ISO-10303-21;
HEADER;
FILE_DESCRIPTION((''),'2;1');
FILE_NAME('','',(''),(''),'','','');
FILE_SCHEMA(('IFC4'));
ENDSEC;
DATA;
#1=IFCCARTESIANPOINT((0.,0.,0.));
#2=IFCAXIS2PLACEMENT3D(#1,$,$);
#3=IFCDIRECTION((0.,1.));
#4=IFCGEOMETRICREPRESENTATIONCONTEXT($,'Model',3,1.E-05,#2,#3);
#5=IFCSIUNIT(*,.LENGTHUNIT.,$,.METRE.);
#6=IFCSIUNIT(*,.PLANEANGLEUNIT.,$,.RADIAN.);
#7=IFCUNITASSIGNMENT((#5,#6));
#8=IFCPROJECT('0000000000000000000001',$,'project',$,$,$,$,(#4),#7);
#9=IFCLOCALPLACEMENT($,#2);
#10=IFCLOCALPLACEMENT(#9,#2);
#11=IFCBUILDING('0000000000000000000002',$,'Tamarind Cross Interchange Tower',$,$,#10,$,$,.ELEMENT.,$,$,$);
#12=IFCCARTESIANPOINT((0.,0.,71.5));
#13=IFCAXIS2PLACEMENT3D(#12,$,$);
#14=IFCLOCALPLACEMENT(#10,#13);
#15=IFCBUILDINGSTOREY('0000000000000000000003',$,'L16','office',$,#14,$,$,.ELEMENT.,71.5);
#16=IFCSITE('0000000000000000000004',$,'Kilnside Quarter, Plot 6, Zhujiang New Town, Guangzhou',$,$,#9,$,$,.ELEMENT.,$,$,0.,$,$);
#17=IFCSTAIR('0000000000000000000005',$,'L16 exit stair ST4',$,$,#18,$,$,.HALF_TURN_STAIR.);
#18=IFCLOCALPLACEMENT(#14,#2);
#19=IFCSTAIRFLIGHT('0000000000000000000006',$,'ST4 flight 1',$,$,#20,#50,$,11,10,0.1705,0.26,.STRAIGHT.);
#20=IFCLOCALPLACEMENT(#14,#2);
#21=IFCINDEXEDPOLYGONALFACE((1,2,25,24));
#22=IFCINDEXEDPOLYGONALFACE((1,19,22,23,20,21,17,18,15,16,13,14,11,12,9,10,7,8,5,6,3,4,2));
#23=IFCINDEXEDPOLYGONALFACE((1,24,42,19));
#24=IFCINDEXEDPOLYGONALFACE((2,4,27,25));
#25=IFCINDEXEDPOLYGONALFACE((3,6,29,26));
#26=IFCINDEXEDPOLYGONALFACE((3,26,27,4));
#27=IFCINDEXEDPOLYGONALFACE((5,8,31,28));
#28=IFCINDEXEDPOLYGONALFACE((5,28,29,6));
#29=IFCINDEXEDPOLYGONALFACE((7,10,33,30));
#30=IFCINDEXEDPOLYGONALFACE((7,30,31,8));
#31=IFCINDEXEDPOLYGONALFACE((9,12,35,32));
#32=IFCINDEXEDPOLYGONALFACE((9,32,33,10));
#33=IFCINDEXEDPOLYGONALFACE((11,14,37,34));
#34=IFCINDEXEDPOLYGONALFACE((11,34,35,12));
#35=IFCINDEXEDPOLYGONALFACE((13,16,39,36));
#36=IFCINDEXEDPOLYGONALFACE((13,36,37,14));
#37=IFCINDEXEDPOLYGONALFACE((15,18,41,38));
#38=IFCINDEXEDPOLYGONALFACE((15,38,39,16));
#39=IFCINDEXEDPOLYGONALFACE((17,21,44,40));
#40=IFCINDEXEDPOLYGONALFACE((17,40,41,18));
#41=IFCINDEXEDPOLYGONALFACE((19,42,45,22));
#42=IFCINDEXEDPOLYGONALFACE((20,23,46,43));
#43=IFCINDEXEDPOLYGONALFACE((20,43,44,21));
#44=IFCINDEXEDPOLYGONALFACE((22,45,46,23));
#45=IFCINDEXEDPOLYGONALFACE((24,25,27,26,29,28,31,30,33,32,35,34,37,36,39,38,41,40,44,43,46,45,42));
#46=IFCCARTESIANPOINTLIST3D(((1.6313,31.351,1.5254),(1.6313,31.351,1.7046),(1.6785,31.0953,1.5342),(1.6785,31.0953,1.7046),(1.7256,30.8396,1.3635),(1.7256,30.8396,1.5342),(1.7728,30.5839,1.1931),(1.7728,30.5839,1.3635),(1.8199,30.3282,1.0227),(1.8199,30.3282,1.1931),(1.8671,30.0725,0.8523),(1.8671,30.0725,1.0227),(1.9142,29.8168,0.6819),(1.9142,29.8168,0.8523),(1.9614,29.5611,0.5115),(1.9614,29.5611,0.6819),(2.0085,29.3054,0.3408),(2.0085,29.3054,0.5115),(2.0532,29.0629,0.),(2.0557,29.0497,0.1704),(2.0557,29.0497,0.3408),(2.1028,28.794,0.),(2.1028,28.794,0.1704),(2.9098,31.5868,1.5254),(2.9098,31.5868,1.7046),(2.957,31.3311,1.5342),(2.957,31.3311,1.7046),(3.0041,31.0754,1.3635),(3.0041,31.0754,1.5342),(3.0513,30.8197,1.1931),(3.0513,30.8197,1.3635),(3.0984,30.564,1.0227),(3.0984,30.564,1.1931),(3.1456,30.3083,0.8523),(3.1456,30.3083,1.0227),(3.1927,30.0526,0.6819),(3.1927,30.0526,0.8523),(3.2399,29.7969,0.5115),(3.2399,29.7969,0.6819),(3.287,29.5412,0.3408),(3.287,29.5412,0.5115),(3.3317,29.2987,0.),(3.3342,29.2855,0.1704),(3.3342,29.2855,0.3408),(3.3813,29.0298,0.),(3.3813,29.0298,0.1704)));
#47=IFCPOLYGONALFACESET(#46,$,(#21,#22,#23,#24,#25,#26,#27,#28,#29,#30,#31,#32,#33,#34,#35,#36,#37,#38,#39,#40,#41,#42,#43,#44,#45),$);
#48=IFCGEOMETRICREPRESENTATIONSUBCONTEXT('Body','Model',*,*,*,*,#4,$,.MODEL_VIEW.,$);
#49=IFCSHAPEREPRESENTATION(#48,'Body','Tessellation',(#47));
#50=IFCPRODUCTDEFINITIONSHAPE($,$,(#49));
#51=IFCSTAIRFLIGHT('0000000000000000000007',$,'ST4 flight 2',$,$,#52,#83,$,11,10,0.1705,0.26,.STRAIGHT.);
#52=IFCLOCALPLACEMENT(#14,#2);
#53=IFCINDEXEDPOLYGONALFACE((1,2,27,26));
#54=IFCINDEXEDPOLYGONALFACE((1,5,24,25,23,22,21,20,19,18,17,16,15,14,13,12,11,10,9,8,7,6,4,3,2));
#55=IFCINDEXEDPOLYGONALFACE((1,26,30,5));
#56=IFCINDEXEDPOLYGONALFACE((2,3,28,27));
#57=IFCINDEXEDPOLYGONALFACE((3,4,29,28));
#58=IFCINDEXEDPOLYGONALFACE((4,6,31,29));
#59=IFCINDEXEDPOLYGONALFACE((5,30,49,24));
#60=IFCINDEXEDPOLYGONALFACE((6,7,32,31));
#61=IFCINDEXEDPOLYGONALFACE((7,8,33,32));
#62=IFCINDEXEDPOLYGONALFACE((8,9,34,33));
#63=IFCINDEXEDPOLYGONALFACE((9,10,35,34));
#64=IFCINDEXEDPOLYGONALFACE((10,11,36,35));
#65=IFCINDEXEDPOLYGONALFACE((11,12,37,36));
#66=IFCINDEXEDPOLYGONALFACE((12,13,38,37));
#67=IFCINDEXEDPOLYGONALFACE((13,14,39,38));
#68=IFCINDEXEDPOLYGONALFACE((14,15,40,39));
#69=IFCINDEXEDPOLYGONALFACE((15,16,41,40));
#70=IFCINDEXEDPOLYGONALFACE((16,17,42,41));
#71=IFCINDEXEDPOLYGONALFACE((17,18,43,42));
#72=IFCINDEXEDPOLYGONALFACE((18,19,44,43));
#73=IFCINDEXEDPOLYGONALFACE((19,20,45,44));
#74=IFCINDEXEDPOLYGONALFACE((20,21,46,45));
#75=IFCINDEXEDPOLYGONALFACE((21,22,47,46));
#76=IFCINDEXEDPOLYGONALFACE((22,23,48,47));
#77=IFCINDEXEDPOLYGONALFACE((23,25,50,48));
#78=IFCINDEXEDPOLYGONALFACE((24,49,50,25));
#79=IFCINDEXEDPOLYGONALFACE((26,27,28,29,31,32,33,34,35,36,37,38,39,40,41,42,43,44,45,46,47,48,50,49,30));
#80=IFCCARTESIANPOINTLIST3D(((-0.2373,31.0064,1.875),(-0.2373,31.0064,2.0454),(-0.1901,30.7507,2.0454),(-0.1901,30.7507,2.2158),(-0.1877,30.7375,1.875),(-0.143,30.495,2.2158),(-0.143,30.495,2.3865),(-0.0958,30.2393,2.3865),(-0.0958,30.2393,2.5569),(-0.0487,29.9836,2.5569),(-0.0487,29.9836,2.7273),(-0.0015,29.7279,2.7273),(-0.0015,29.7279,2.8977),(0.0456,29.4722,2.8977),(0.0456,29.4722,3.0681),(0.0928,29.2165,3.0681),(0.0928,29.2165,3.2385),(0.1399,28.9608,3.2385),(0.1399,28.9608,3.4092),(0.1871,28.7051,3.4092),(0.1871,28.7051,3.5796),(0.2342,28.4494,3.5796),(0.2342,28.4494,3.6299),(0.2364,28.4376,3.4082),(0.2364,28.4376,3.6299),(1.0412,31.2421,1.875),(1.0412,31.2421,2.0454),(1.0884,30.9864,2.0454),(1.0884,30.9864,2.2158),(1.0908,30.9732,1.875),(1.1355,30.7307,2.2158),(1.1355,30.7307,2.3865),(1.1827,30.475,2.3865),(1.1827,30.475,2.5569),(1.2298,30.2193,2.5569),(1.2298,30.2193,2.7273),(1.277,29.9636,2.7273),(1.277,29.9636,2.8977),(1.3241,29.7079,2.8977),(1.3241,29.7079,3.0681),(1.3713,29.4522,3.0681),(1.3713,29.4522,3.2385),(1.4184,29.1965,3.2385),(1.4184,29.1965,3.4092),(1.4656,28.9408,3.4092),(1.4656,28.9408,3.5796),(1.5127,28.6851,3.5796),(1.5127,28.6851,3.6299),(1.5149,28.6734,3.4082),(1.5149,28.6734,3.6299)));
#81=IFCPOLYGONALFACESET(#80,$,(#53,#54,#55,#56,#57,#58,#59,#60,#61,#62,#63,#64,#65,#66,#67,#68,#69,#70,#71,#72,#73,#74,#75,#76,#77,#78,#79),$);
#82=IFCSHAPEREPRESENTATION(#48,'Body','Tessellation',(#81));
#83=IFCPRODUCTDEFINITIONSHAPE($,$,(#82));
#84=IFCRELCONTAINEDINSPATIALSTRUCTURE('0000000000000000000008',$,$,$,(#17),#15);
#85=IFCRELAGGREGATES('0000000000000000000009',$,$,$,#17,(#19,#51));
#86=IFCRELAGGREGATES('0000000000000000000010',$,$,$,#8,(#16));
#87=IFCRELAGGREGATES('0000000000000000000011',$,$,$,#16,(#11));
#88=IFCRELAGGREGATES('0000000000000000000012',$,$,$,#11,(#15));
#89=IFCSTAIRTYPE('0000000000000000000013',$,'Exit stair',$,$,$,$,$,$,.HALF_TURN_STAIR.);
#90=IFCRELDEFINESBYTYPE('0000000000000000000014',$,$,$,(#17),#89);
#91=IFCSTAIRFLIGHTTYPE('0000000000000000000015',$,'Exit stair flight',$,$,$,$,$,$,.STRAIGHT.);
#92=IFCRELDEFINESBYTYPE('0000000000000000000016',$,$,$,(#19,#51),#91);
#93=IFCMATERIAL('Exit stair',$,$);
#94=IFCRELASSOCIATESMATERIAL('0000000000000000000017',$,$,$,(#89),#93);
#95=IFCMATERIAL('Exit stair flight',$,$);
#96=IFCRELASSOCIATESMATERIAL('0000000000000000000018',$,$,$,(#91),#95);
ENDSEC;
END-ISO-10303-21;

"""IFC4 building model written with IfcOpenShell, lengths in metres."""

from ifc_helpers import new_model, si_unit, direction, frame, origin, place, context, subcontext, project, spatial, polyline, outline, extrude, material, type_object, element, aggregate, save


model = new_model("IFC4")

# Units and contexts
model_context = context("Model", 3, precision=1e-05, world=origin(), true_north=direction((0.0, 1.0)))
body_context = subcontext(model_context, "Body", "Model", "MODEL_VIEW")
ifc_project = project(units=[si_unit("LENGTHUNIT", "METRE"), si_unit("PLANEANGLEUNIT", "RADIAN")], contexts=[model_context])

# Site, building, storey
site_placement = place(None, origin())
site = spatial("IfcSite", under=ifc_project, at=site_placement, Name="Kilnside Quarter, Plot 6, Zhujiang New Town, Guangzhou", CompositionType="ELEMENT", RefElevation=0.0)
building_placement = place(site_placement, origin())
building = spatial("IfcBuilding", under=site, at=building_placement, Name="Tamarind Cross Interchange Tower", CompositionType="ELEMENT")
storey_placement = place(building_placement, frame((0.0, 0.0, 71.5)))
storey = spatial("IfcBuildingStorey", under=building, at=storey_placement, Name="L16", Description="office", CompositionType="ELEMENT", Elevation=71.5)

# Stair, stair flights
ifc_material_1 = material(Name="Exit stair")
stair_type = type_object("IfcStairType", Name="Exit stair", PredefinedType="HALF_TURN_STAIR", material=ifc_material_1)
stair_placement = place(storey_placement, origin())
stair = element("IfcStair", 1, at=stair_placement, inside=storey, type_object=stair_type, Name="L16 exit stair ST4", PredefinedType="HALF_TURN_STAIR")
ifc_material_2 = material(Name="Exit stair flight")
stair_flight_type = type_object("IfcStairFlightType", Name="Exit stair flight", PredefinedType="STRAIGHT", material=ifc_material_2)
stair_flight_1_placement = place(storey_placement, frame((2.7419, 28.9119, 0.0), z_axis=(0.0, 0.0, 1.0), x_axis=(-0.181343, 0.98342, 0.0)))
stair_flight_1 = element("IfcStairFlight", 2, at=stair_flight_1_placement, type_object=stair_flight_type, Name="ST4 flight 1", NumberOfRisers=11, NumberOfTreads=10, PredefinedType="STRAIGHT", RiserHeight=0.1705, TreadLength=0.26, context=body_context, shape_type="SweptSolid", body=[
    extrude(outline(polyline([(0.0, 0.0), (0.0, 0.1704), (0.26, 0.1704), (0.26, 0.3408), (0.52, 0.3408), (0.52, 0.5115), (0.78, 0.5115), (0.78, 0.6819), (1.04, 0.6819), (1.04, 0.8523), (1.3, 0.8523), (1.3, 1.0227), (1.5601, 1.0227), (1.5601, 1.1931), (1.8201, 1.1931), (1.8201, 1.3635), (2.0801, 1.3635), (2.0801, 1.5342), (2.3401, 1.5342), (2.3401, 1.7046), (2.6001, 1.7046), (2.6001, 1.875), (2.6001, 1.5254), (0.2734, 0.0), (0.0, 0.0)])), frame((0.0, 0.6499, 0.0), z_axis=(0.0, -1.0, 0.0), x_axis=(1.0, 0.0, 0.0)), (0.0, 0.0, 1.0), 1.3),
])
stair_flight_2_placement = place(storey_placement, frame((0.4021, 31.1243, 1.875), z_axis=(0.0, 0.0, 1.0), x_axis=(0.181343, -0.98342, 0.0)))
stair_flight_2 = element("IfcStairFlight", 3, at=stair_flight_2_placement, type_object=stair_flight_type, Name="ST4 flight 2", NumberOfRisers=11, NumberOfTreads=10, PredefinedType="STRAIGHT", RiserHeight=0.1705, TreadLength=0.26, context=body_context, shape_type="SweptSolid", body=[
    extrude(outline(polyline([(0.0, 0.0), (0.0, 0.1704), (0.26, 0.1704), (0.26, 0.3408), (0.52, 0.3408), (0.52, 0.5115), (0.78, 0.5115), (0.78, 0.6819), (1.04, 0.6819), (1.04, 0.8523), (1.3, 0.8523), (1.3, 1.0227), (1.5601, 1.0227), (1.5601, 1.1931), (1.8201, 1.1931), (1.8201, 1.3635), (2.0801, 1.3635), (2.0801, 1.5342), (2.3401, 1.5342), (2.3401, 1.7046), (2.6001, 1.7046), (2.6001, 1.7549), (2.6121, 1.7549), (2.6121, 1.5332), (0.2734, 0.0), (0.0, 0.0)])), frame((0.0, 0.6499, 0.0), z_axis=(0.0, -1.0, 0.0), x_axis=(1.0, 0.0, 0.0)), (0.0, 0.0, 1.0), 1.3),
])
aggregate(stair, [stair_flight_1, stair_flight_2])

save(model, "model.ifc")
